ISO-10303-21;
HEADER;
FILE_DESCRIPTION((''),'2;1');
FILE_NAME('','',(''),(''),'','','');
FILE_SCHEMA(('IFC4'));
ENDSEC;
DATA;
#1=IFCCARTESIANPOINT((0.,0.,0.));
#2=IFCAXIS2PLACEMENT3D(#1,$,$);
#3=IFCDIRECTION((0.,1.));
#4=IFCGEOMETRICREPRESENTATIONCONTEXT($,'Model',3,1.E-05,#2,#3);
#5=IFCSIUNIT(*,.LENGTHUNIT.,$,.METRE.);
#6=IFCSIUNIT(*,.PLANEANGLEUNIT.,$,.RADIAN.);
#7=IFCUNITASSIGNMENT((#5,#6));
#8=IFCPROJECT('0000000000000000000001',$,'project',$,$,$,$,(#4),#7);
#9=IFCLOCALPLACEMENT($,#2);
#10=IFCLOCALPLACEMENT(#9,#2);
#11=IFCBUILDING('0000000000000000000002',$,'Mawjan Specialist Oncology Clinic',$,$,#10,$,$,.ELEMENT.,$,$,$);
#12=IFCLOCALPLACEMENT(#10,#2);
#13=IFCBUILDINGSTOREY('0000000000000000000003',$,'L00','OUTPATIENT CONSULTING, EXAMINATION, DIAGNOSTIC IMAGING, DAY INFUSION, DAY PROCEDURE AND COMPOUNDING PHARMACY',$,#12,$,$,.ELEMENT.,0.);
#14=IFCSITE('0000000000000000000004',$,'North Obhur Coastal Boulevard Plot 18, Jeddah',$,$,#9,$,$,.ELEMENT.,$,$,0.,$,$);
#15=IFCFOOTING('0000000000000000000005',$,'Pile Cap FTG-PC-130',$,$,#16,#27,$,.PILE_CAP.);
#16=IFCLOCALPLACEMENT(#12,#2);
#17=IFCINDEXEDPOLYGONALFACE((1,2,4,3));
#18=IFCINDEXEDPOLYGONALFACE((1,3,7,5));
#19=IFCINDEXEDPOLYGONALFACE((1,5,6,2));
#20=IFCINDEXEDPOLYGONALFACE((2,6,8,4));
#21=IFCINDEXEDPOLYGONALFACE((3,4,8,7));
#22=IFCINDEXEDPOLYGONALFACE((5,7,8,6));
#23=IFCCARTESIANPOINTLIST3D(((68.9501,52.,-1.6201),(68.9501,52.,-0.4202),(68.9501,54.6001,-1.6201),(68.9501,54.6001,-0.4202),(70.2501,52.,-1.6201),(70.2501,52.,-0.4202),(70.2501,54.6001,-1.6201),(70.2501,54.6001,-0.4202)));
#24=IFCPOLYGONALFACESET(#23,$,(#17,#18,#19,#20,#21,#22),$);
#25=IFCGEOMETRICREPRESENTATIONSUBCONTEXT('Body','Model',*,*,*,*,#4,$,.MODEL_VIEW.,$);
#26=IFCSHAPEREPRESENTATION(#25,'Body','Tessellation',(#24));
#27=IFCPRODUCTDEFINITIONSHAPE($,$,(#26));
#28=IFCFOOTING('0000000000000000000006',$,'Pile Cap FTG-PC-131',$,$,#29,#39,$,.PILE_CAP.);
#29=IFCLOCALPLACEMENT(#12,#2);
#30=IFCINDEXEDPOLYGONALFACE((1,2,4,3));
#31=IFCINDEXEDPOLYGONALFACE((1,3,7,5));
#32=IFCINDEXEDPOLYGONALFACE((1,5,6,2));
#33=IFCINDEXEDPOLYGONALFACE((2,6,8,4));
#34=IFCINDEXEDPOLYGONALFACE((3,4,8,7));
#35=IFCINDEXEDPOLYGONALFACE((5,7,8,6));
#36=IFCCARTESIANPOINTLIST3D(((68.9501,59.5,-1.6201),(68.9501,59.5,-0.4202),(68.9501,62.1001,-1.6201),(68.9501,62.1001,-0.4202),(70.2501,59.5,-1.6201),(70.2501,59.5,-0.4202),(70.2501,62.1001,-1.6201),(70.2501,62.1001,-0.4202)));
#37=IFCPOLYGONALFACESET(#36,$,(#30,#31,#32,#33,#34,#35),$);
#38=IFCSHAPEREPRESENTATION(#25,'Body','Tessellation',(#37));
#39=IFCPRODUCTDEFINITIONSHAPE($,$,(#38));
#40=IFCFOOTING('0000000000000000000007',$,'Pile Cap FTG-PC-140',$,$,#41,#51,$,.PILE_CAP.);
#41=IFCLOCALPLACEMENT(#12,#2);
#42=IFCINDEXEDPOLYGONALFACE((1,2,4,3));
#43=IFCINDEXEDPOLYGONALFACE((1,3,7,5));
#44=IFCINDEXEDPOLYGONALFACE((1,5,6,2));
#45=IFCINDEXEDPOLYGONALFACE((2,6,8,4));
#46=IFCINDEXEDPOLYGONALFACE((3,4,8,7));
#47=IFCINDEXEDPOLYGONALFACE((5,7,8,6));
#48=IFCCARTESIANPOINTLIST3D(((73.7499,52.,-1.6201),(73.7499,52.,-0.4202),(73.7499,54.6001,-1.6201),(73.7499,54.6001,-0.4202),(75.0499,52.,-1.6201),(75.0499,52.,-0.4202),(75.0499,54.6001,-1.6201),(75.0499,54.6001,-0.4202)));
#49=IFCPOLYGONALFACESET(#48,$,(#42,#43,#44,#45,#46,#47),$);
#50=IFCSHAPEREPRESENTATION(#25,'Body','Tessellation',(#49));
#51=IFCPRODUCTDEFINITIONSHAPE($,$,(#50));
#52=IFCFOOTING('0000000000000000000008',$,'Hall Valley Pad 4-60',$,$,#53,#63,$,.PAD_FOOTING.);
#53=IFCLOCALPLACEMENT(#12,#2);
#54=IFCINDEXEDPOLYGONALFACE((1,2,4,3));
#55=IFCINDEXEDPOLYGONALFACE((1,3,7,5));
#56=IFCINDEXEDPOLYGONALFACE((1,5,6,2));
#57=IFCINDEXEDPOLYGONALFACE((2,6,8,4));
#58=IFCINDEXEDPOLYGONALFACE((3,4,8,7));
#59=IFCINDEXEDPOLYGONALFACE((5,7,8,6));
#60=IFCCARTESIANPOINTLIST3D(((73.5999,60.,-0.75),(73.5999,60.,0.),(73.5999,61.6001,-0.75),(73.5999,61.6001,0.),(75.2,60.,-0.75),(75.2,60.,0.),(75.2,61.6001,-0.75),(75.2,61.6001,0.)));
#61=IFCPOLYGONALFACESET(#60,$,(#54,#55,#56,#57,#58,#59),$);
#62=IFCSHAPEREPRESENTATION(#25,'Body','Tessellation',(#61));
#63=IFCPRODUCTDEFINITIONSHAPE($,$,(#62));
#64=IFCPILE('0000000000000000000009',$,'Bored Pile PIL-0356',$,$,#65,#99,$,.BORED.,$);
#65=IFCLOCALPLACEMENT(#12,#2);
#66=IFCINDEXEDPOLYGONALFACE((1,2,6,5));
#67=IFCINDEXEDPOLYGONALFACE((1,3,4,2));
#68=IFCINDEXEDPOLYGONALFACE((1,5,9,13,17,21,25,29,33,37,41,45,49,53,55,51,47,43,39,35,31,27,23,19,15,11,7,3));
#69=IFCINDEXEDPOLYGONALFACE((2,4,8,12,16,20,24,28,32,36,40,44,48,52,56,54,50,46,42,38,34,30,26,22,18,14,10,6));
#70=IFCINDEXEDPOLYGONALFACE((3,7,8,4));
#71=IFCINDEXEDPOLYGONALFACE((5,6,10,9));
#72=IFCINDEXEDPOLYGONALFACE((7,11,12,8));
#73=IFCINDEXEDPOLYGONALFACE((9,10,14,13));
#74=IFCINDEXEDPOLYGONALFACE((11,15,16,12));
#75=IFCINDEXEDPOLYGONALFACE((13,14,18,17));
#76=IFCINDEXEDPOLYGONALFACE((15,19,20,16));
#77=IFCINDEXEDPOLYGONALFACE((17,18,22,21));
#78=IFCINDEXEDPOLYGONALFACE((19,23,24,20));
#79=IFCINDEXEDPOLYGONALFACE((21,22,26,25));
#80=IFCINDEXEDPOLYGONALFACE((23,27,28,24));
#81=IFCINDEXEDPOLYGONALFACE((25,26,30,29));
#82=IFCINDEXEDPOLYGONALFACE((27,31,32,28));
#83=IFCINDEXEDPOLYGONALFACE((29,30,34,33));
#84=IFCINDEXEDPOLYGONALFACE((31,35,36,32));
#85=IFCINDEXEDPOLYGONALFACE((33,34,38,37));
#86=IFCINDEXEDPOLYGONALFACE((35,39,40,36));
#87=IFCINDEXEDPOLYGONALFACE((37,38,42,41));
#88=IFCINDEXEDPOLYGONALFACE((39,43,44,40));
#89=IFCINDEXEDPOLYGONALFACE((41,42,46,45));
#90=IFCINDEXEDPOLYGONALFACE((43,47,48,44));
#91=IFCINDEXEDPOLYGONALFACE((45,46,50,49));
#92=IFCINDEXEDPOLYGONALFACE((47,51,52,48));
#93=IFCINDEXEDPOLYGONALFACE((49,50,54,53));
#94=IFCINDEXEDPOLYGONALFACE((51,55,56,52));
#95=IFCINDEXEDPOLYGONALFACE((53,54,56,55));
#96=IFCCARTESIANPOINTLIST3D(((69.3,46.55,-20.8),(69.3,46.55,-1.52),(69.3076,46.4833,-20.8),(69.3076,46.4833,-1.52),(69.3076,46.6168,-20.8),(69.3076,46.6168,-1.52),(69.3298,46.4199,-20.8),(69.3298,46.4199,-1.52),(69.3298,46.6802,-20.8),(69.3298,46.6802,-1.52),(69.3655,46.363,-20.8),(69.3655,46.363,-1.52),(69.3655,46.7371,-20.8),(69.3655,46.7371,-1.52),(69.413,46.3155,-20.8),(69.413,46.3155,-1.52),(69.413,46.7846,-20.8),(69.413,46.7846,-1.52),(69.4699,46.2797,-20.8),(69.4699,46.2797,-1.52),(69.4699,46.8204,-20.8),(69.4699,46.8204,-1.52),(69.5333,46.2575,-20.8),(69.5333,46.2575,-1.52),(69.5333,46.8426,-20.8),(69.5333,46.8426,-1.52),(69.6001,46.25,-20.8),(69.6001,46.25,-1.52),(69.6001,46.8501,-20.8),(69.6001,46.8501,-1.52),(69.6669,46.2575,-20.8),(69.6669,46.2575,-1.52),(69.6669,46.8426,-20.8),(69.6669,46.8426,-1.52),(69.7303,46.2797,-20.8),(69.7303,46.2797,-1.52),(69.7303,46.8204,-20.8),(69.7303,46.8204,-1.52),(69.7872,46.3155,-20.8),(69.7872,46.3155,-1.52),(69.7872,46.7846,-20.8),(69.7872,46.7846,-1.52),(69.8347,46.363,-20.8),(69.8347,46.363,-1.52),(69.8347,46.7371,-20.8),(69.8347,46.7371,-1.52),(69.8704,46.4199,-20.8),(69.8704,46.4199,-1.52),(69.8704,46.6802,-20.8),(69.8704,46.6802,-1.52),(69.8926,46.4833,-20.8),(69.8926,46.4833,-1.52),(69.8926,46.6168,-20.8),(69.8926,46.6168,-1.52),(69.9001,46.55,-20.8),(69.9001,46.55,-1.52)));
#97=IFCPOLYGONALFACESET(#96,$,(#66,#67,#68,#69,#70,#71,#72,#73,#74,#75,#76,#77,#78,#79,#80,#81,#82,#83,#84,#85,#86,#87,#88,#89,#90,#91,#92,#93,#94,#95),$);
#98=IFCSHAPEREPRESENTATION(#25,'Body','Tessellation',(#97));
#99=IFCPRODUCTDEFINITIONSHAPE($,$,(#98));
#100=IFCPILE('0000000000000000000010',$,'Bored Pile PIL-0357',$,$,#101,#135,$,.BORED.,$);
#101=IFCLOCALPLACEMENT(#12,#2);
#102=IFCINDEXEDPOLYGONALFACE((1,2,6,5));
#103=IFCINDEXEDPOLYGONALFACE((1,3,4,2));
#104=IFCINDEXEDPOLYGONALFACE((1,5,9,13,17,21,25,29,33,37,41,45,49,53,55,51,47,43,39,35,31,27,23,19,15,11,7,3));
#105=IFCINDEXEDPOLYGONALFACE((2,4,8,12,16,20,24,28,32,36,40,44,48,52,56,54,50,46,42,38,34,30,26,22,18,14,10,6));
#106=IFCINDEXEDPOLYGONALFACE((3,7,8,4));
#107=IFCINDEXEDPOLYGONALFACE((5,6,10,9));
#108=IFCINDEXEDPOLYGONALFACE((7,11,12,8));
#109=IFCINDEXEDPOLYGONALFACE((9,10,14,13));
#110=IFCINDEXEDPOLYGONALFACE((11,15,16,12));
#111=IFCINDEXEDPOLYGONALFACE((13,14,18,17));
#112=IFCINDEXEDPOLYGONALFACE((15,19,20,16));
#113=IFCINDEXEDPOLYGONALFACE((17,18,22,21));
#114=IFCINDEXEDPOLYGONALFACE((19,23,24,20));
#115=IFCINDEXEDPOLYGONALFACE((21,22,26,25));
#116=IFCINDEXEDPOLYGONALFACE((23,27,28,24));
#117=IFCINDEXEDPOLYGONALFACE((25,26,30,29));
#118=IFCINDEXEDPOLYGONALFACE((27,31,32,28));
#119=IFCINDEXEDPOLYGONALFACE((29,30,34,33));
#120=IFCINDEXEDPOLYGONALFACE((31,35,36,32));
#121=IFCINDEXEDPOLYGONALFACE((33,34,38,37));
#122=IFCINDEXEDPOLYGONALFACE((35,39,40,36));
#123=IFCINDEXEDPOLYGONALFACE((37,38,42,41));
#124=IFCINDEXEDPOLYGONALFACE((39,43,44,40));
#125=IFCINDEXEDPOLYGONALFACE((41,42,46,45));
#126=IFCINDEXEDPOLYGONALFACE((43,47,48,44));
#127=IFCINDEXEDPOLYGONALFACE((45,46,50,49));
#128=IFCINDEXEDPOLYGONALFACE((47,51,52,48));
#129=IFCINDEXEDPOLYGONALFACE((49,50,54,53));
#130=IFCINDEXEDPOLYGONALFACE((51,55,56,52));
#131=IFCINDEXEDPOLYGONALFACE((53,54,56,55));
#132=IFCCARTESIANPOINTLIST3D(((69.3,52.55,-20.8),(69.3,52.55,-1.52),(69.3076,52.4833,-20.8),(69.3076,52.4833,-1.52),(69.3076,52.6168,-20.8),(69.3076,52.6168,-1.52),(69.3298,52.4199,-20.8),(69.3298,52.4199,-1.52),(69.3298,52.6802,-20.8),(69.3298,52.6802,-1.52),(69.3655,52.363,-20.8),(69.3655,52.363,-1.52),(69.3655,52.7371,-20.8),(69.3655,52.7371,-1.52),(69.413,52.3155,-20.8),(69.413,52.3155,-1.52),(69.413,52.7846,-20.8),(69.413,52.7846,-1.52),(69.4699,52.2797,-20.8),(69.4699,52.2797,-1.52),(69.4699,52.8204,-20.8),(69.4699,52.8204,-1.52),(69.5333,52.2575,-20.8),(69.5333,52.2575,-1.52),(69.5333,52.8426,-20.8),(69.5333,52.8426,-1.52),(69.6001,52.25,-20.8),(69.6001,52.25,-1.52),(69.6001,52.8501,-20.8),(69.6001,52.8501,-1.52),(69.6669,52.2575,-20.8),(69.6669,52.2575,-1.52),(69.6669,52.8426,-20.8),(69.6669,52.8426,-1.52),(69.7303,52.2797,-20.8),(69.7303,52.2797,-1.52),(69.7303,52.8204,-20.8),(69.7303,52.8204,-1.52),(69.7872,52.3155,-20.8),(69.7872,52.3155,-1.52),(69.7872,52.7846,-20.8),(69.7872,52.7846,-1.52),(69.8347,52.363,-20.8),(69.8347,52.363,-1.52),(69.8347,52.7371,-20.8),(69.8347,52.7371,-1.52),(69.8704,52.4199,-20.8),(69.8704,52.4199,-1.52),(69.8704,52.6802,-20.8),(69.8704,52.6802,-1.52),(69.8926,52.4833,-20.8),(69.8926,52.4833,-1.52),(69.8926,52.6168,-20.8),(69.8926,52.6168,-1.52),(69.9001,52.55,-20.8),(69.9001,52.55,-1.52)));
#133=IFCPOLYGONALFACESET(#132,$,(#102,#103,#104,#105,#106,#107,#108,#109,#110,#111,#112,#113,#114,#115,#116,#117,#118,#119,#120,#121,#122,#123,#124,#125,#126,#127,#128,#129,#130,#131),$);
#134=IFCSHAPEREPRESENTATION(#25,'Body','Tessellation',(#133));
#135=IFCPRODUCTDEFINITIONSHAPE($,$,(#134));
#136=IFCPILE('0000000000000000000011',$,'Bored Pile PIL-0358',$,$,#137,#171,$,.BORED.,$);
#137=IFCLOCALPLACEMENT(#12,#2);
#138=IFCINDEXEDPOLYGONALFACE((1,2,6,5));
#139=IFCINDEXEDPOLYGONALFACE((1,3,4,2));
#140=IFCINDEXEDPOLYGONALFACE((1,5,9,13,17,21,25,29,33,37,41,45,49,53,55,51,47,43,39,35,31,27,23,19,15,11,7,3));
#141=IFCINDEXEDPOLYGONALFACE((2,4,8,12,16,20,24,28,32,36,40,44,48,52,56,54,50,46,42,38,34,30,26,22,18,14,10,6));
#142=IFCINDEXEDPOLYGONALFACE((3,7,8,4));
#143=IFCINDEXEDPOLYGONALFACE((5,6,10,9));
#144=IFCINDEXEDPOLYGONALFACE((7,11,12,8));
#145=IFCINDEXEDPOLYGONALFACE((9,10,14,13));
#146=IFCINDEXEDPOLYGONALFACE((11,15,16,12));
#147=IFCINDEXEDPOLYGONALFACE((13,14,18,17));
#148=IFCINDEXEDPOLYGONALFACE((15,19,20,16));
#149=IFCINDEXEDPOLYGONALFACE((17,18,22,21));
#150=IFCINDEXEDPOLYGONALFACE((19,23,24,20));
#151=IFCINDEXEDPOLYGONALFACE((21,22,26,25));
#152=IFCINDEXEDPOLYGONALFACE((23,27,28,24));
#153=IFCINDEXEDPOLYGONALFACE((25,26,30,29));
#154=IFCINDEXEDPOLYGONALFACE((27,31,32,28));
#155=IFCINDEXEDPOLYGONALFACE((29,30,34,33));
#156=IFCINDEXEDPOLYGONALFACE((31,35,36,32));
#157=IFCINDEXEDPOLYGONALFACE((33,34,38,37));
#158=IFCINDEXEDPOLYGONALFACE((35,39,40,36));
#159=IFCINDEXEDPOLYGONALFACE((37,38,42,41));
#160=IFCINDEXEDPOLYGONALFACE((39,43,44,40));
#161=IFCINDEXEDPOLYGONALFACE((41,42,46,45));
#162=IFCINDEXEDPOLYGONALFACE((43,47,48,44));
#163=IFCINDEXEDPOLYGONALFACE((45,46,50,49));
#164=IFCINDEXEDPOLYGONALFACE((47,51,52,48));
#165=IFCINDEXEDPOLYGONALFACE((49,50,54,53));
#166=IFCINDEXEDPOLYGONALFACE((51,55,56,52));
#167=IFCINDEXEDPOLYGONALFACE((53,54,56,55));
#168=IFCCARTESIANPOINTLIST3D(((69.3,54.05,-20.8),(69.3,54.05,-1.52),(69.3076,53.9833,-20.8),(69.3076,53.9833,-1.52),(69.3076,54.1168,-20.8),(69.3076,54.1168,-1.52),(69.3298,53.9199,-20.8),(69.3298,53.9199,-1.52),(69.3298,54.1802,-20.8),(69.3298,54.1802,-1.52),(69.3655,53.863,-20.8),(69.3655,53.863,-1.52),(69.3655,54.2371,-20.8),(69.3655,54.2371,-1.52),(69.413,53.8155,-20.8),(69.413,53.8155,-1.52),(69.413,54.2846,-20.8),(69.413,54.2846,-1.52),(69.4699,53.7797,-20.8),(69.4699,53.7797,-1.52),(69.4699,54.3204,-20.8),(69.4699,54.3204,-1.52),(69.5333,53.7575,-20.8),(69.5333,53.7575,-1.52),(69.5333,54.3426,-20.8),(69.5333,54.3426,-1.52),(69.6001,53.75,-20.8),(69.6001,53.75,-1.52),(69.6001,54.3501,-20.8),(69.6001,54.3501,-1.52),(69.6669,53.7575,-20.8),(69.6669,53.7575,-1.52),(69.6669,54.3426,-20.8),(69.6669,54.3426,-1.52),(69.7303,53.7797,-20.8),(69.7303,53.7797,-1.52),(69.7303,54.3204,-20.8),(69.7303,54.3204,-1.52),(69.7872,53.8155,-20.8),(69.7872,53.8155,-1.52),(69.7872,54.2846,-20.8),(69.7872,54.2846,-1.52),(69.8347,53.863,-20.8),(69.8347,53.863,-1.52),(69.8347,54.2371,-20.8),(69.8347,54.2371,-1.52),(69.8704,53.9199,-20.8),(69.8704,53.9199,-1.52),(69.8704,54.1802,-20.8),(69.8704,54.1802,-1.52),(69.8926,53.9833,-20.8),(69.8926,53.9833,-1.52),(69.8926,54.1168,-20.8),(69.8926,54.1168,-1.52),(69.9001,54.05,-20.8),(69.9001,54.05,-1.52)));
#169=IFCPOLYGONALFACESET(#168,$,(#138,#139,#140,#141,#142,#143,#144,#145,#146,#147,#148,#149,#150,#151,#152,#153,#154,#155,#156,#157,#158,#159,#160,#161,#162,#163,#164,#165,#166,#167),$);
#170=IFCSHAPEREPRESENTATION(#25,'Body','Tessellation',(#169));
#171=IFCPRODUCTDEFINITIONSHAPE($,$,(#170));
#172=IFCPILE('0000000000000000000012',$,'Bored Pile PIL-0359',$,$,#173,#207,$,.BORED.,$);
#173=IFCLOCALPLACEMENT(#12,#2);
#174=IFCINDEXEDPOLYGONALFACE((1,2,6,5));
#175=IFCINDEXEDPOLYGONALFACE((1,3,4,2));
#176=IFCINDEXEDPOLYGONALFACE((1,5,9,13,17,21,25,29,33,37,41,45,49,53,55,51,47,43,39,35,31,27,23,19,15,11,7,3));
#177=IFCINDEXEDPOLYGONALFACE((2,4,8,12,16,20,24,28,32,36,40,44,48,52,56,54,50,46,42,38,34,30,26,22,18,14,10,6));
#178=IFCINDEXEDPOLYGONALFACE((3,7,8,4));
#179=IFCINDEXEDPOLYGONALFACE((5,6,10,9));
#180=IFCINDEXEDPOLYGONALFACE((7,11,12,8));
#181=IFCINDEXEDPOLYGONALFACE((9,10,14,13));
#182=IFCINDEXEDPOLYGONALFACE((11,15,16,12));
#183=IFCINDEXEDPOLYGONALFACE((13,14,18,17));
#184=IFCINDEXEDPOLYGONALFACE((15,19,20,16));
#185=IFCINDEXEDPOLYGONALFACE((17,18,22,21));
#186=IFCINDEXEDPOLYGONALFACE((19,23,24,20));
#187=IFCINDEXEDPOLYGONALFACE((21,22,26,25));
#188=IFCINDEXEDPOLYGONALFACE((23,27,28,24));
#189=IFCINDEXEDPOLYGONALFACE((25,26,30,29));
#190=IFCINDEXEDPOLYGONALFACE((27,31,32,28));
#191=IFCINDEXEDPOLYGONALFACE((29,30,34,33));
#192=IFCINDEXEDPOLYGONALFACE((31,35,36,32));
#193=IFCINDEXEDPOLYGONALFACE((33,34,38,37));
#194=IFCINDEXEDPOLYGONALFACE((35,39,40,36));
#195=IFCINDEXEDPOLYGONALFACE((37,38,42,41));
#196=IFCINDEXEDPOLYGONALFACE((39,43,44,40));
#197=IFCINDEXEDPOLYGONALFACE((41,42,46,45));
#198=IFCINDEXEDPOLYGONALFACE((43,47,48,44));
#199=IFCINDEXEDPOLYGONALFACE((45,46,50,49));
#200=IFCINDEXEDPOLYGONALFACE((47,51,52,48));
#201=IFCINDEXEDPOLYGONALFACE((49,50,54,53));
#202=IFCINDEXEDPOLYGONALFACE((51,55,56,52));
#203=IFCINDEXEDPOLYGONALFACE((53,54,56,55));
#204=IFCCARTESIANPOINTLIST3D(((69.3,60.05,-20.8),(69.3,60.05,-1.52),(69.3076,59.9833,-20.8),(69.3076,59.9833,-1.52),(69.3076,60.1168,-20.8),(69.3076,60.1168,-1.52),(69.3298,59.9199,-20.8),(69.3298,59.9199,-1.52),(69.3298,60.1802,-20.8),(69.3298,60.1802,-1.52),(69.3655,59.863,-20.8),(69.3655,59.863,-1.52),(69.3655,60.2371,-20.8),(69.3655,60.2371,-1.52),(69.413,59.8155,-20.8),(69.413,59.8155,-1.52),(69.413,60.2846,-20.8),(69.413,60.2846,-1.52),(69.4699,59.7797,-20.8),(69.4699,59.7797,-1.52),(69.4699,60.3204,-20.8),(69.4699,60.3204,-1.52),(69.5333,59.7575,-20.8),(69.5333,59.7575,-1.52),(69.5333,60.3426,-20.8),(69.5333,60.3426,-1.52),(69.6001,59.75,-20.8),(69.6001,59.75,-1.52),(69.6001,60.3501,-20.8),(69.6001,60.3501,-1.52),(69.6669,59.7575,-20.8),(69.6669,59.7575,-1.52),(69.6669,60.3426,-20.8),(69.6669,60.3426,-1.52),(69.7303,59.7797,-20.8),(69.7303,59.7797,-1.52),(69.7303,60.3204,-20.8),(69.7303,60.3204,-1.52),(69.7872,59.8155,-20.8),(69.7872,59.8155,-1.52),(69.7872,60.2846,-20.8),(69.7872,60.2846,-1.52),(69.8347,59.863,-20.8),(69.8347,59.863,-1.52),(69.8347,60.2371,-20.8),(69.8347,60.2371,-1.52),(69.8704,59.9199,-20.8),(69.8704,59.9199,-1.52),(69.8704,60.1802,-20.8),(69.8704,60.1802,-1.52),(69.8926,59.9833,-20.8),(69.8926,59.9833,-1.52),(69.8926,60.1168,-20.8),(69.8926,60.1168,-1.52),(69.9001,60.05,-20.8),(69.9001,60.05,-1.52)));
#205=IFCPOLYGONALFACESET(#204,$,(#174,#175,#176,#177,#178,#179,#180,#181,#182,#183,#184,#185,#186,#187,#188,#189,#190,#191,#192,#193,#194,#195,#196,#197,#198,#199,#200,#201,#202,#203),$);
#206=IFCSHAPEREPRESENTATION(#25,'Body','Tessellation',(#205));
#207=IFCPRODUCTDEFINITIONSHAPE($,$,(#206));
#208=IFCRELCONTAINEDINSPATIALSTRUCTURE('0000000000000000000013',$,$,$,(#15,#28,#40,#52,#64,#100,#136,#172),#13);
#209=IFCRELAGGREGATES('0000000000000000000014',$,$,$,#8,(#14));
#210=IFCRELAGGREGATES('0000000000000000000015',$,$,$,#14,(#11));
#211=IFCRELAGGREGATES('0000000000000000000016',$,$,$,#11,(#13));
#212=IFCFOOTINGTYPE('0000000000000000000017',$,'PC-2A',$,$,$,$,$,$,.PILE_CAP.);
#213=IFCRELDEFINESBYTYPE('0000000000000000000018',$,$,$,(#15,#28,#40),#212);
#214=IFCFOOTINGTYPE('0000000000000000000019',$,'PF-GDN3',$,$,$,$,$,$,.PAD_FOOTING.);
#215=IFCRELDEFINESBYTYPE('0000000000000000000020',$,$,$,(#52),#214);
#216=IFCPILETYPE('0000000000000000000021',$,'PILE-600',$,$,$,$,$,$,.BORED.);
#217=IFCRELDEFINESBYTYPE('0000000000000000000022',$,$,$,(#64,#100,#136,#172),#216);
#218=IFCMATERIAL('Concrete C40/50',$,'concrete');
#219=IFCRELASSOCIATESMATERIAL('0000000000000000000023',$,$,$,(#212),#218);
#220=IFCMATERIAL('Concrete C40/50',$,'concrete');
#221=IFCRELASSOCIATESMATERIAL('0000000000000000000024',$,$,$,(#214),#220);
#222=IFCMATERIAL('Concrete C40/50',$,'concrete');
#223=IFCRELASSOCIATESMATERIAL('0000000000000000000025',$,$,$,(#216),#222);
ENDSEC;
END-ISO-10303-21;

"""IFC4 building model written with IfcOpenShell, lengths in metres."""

from ifc_helpers import new_model, si_unit, direction, frame, origin, origin_2d, place, context, subcontext, project, spatial, rectangle, circle, extrude, material, material_profile, profile_set, type_object, element, save


model = new_model("IFC4")

# Units and contexts
model_context = context("Model", 3, precision=1e-05, world=origin(), true_north=direction((0.0, 1.0)))
body_context = subcontext(model_context, "Body", "Model", "MODEL_VIEW")
ifc_project = project(units=[si_unit("LENGTHUNIT", "METRE"), si_unit("PLANEANGLEUNIT", "RADIAN")], contexts=[model_context])

# Site, building, storey
site_placement = place(None, origin())
site = spatial("IfcSite", under=ifc_project, at=site_placement, Name="North Obhur Coastal Boulevard Plot 18, Jeddah", CompositionType="ELEMENT", RefElevation=0.0)
building_placement = place(site_placement, origin())
building = spatial("IfcBuilding", under=site, at=building_placement, Name="Mawjan Specialist Oncology Clinic", CompositionType="ELEMENT")
storey_placement = place(building_placement, origin())
storey = spatial("IfcBuildingStorey", under=building, at=storey_placement, Name="L00", Description="OUTPATIENT CONSULTING, EXAMINATION, DIAGNOSTIC IMAGING, DAY INFUSION, DAY PROCEDURE AND COMPOUNDING PHARMACY", CompositionType="ELEMENT", Elevation=0.0)

# Footings
ifc_material_1 = material(Name="Concrete C40/50", Category="concrete")
footing_type_1 = type_object("IfcFootingType", Name="PC-2A", PredefinedType="PILE_CAP", material=ifc_material_1)
for number, where, z_axis, x_axis, name in (
    (1, (69.6001, 53.3, -1.6201), (0.0, 0.0, 1.0), (0.0, 1.0, 0.0), "Pile Cap FTG-PC-130"),
    (2, (69.6001, 60.8, -1.6201), (0.0, 0.0, 1.0), (0.0, 1.0, 0.0), "Pile Cap FTG-PC-131"),
    (3, (74.3999, 53.3, -1.6201), (0.0, 0.0, 1.0), (0.0, 1.0, 0.0), "Pile Cap FTG-PC-140"),
):
    element("IfcFooting", number, at=place(storey_placement, frame(where, z_axis=z_axis, x_axis=x_axis)), inside=storey, type_object=footing_type_1, Name=name, PredefinedType="PILE_CAP", context=body_context, shape_type="SweptSolid", body=[
        extrude(rectangle(XDim=2.6001, YDim=1.3, at=origin_2d()), origin(), (0.0, 0.0, 1.0), 1.2),
    ])
ifc_material_2 = material(Name="Concrete C40/50", Category="concrete")
footing_type_2 = type_object("IfcFootingType", Name="PF-GDN3", PredefinedType="PAD_FOOTING", material=ifc_material_2)
footing_placement = place(storey_placement, frame((74.3999, 60.8, -0.75), z_axis=(0.0, 0.0, 1.0), x_axis=(1.0, 0.0, 0.0)))
element("IfcFooting", 4, at=footing_placement, inside=storey, type_object=footing_type_2, Name="Hall Valley Pad 4-60", PredefinedType="PAD_FOOTING", context=body_context, shape_type="SweptSolid", body=[
    extrude(rectangle(XDim=1.6001, YDim=1.6001, at=origin_2d()), origin(), (0.0, 0.0, 1.0), 0.75),
])

# Piles
ifc_material_3 = material(Name="Concrete C40/50", Category="concrete")
ifc_material_profile_1 = material_profile(ifc_material_3, circle(Radius=0.3, at=origin_2d()), Name="BORED PILE D600", Category="concrete")
ifc_profile_set_1 = profile_set([ifc_material_profile_1], Name="Concrete C40/50")
pile_type = type_object("IfcPileType", Name="PILE-600", PredefinedType="BORED", material=ifc_profile_set_1)
for number, where, z_axis, x_axis, name in (
    (5, (69.6001, 46.55, -1.52), (0.0, 0.0, -1.0), (1.0, 0.0, 0.0), "Bored Pile PIL-0356"),
    (6, (69.6001, 52.55, -1.52), (0.0, 0.0, -1.0), (1.0, 0.0, 0.0), "Bored Pile PIL-0357"),
    (7, (69.6001, 54.05, -1.52), (0.0, 0.0, -1.0), (1.0, 0.0, 0.0), "Bored Pile PIL-0358"),
    (8, (69.6001, 60.05, -1.52), (0.0, 0.0, -1.0), (1.0, 0.0, 0.0), "Bored Pile PIL-0359"),
):
    element("IfcPile", number, at=place(storey_placement, frame(where, z_axis=z_axis, x_axis=x_axis)), inside=storey, type_object=pile_type, Name=name, PredefinedType="BORED", context=body_context, shape_type="SweptSolid", body=[
        extrude(circle(Radius=0.3, at=origin_2d()), origin(), (0.0, 0.0, 1.0), 19.28),
    ])

save(model, "model.ifc")
